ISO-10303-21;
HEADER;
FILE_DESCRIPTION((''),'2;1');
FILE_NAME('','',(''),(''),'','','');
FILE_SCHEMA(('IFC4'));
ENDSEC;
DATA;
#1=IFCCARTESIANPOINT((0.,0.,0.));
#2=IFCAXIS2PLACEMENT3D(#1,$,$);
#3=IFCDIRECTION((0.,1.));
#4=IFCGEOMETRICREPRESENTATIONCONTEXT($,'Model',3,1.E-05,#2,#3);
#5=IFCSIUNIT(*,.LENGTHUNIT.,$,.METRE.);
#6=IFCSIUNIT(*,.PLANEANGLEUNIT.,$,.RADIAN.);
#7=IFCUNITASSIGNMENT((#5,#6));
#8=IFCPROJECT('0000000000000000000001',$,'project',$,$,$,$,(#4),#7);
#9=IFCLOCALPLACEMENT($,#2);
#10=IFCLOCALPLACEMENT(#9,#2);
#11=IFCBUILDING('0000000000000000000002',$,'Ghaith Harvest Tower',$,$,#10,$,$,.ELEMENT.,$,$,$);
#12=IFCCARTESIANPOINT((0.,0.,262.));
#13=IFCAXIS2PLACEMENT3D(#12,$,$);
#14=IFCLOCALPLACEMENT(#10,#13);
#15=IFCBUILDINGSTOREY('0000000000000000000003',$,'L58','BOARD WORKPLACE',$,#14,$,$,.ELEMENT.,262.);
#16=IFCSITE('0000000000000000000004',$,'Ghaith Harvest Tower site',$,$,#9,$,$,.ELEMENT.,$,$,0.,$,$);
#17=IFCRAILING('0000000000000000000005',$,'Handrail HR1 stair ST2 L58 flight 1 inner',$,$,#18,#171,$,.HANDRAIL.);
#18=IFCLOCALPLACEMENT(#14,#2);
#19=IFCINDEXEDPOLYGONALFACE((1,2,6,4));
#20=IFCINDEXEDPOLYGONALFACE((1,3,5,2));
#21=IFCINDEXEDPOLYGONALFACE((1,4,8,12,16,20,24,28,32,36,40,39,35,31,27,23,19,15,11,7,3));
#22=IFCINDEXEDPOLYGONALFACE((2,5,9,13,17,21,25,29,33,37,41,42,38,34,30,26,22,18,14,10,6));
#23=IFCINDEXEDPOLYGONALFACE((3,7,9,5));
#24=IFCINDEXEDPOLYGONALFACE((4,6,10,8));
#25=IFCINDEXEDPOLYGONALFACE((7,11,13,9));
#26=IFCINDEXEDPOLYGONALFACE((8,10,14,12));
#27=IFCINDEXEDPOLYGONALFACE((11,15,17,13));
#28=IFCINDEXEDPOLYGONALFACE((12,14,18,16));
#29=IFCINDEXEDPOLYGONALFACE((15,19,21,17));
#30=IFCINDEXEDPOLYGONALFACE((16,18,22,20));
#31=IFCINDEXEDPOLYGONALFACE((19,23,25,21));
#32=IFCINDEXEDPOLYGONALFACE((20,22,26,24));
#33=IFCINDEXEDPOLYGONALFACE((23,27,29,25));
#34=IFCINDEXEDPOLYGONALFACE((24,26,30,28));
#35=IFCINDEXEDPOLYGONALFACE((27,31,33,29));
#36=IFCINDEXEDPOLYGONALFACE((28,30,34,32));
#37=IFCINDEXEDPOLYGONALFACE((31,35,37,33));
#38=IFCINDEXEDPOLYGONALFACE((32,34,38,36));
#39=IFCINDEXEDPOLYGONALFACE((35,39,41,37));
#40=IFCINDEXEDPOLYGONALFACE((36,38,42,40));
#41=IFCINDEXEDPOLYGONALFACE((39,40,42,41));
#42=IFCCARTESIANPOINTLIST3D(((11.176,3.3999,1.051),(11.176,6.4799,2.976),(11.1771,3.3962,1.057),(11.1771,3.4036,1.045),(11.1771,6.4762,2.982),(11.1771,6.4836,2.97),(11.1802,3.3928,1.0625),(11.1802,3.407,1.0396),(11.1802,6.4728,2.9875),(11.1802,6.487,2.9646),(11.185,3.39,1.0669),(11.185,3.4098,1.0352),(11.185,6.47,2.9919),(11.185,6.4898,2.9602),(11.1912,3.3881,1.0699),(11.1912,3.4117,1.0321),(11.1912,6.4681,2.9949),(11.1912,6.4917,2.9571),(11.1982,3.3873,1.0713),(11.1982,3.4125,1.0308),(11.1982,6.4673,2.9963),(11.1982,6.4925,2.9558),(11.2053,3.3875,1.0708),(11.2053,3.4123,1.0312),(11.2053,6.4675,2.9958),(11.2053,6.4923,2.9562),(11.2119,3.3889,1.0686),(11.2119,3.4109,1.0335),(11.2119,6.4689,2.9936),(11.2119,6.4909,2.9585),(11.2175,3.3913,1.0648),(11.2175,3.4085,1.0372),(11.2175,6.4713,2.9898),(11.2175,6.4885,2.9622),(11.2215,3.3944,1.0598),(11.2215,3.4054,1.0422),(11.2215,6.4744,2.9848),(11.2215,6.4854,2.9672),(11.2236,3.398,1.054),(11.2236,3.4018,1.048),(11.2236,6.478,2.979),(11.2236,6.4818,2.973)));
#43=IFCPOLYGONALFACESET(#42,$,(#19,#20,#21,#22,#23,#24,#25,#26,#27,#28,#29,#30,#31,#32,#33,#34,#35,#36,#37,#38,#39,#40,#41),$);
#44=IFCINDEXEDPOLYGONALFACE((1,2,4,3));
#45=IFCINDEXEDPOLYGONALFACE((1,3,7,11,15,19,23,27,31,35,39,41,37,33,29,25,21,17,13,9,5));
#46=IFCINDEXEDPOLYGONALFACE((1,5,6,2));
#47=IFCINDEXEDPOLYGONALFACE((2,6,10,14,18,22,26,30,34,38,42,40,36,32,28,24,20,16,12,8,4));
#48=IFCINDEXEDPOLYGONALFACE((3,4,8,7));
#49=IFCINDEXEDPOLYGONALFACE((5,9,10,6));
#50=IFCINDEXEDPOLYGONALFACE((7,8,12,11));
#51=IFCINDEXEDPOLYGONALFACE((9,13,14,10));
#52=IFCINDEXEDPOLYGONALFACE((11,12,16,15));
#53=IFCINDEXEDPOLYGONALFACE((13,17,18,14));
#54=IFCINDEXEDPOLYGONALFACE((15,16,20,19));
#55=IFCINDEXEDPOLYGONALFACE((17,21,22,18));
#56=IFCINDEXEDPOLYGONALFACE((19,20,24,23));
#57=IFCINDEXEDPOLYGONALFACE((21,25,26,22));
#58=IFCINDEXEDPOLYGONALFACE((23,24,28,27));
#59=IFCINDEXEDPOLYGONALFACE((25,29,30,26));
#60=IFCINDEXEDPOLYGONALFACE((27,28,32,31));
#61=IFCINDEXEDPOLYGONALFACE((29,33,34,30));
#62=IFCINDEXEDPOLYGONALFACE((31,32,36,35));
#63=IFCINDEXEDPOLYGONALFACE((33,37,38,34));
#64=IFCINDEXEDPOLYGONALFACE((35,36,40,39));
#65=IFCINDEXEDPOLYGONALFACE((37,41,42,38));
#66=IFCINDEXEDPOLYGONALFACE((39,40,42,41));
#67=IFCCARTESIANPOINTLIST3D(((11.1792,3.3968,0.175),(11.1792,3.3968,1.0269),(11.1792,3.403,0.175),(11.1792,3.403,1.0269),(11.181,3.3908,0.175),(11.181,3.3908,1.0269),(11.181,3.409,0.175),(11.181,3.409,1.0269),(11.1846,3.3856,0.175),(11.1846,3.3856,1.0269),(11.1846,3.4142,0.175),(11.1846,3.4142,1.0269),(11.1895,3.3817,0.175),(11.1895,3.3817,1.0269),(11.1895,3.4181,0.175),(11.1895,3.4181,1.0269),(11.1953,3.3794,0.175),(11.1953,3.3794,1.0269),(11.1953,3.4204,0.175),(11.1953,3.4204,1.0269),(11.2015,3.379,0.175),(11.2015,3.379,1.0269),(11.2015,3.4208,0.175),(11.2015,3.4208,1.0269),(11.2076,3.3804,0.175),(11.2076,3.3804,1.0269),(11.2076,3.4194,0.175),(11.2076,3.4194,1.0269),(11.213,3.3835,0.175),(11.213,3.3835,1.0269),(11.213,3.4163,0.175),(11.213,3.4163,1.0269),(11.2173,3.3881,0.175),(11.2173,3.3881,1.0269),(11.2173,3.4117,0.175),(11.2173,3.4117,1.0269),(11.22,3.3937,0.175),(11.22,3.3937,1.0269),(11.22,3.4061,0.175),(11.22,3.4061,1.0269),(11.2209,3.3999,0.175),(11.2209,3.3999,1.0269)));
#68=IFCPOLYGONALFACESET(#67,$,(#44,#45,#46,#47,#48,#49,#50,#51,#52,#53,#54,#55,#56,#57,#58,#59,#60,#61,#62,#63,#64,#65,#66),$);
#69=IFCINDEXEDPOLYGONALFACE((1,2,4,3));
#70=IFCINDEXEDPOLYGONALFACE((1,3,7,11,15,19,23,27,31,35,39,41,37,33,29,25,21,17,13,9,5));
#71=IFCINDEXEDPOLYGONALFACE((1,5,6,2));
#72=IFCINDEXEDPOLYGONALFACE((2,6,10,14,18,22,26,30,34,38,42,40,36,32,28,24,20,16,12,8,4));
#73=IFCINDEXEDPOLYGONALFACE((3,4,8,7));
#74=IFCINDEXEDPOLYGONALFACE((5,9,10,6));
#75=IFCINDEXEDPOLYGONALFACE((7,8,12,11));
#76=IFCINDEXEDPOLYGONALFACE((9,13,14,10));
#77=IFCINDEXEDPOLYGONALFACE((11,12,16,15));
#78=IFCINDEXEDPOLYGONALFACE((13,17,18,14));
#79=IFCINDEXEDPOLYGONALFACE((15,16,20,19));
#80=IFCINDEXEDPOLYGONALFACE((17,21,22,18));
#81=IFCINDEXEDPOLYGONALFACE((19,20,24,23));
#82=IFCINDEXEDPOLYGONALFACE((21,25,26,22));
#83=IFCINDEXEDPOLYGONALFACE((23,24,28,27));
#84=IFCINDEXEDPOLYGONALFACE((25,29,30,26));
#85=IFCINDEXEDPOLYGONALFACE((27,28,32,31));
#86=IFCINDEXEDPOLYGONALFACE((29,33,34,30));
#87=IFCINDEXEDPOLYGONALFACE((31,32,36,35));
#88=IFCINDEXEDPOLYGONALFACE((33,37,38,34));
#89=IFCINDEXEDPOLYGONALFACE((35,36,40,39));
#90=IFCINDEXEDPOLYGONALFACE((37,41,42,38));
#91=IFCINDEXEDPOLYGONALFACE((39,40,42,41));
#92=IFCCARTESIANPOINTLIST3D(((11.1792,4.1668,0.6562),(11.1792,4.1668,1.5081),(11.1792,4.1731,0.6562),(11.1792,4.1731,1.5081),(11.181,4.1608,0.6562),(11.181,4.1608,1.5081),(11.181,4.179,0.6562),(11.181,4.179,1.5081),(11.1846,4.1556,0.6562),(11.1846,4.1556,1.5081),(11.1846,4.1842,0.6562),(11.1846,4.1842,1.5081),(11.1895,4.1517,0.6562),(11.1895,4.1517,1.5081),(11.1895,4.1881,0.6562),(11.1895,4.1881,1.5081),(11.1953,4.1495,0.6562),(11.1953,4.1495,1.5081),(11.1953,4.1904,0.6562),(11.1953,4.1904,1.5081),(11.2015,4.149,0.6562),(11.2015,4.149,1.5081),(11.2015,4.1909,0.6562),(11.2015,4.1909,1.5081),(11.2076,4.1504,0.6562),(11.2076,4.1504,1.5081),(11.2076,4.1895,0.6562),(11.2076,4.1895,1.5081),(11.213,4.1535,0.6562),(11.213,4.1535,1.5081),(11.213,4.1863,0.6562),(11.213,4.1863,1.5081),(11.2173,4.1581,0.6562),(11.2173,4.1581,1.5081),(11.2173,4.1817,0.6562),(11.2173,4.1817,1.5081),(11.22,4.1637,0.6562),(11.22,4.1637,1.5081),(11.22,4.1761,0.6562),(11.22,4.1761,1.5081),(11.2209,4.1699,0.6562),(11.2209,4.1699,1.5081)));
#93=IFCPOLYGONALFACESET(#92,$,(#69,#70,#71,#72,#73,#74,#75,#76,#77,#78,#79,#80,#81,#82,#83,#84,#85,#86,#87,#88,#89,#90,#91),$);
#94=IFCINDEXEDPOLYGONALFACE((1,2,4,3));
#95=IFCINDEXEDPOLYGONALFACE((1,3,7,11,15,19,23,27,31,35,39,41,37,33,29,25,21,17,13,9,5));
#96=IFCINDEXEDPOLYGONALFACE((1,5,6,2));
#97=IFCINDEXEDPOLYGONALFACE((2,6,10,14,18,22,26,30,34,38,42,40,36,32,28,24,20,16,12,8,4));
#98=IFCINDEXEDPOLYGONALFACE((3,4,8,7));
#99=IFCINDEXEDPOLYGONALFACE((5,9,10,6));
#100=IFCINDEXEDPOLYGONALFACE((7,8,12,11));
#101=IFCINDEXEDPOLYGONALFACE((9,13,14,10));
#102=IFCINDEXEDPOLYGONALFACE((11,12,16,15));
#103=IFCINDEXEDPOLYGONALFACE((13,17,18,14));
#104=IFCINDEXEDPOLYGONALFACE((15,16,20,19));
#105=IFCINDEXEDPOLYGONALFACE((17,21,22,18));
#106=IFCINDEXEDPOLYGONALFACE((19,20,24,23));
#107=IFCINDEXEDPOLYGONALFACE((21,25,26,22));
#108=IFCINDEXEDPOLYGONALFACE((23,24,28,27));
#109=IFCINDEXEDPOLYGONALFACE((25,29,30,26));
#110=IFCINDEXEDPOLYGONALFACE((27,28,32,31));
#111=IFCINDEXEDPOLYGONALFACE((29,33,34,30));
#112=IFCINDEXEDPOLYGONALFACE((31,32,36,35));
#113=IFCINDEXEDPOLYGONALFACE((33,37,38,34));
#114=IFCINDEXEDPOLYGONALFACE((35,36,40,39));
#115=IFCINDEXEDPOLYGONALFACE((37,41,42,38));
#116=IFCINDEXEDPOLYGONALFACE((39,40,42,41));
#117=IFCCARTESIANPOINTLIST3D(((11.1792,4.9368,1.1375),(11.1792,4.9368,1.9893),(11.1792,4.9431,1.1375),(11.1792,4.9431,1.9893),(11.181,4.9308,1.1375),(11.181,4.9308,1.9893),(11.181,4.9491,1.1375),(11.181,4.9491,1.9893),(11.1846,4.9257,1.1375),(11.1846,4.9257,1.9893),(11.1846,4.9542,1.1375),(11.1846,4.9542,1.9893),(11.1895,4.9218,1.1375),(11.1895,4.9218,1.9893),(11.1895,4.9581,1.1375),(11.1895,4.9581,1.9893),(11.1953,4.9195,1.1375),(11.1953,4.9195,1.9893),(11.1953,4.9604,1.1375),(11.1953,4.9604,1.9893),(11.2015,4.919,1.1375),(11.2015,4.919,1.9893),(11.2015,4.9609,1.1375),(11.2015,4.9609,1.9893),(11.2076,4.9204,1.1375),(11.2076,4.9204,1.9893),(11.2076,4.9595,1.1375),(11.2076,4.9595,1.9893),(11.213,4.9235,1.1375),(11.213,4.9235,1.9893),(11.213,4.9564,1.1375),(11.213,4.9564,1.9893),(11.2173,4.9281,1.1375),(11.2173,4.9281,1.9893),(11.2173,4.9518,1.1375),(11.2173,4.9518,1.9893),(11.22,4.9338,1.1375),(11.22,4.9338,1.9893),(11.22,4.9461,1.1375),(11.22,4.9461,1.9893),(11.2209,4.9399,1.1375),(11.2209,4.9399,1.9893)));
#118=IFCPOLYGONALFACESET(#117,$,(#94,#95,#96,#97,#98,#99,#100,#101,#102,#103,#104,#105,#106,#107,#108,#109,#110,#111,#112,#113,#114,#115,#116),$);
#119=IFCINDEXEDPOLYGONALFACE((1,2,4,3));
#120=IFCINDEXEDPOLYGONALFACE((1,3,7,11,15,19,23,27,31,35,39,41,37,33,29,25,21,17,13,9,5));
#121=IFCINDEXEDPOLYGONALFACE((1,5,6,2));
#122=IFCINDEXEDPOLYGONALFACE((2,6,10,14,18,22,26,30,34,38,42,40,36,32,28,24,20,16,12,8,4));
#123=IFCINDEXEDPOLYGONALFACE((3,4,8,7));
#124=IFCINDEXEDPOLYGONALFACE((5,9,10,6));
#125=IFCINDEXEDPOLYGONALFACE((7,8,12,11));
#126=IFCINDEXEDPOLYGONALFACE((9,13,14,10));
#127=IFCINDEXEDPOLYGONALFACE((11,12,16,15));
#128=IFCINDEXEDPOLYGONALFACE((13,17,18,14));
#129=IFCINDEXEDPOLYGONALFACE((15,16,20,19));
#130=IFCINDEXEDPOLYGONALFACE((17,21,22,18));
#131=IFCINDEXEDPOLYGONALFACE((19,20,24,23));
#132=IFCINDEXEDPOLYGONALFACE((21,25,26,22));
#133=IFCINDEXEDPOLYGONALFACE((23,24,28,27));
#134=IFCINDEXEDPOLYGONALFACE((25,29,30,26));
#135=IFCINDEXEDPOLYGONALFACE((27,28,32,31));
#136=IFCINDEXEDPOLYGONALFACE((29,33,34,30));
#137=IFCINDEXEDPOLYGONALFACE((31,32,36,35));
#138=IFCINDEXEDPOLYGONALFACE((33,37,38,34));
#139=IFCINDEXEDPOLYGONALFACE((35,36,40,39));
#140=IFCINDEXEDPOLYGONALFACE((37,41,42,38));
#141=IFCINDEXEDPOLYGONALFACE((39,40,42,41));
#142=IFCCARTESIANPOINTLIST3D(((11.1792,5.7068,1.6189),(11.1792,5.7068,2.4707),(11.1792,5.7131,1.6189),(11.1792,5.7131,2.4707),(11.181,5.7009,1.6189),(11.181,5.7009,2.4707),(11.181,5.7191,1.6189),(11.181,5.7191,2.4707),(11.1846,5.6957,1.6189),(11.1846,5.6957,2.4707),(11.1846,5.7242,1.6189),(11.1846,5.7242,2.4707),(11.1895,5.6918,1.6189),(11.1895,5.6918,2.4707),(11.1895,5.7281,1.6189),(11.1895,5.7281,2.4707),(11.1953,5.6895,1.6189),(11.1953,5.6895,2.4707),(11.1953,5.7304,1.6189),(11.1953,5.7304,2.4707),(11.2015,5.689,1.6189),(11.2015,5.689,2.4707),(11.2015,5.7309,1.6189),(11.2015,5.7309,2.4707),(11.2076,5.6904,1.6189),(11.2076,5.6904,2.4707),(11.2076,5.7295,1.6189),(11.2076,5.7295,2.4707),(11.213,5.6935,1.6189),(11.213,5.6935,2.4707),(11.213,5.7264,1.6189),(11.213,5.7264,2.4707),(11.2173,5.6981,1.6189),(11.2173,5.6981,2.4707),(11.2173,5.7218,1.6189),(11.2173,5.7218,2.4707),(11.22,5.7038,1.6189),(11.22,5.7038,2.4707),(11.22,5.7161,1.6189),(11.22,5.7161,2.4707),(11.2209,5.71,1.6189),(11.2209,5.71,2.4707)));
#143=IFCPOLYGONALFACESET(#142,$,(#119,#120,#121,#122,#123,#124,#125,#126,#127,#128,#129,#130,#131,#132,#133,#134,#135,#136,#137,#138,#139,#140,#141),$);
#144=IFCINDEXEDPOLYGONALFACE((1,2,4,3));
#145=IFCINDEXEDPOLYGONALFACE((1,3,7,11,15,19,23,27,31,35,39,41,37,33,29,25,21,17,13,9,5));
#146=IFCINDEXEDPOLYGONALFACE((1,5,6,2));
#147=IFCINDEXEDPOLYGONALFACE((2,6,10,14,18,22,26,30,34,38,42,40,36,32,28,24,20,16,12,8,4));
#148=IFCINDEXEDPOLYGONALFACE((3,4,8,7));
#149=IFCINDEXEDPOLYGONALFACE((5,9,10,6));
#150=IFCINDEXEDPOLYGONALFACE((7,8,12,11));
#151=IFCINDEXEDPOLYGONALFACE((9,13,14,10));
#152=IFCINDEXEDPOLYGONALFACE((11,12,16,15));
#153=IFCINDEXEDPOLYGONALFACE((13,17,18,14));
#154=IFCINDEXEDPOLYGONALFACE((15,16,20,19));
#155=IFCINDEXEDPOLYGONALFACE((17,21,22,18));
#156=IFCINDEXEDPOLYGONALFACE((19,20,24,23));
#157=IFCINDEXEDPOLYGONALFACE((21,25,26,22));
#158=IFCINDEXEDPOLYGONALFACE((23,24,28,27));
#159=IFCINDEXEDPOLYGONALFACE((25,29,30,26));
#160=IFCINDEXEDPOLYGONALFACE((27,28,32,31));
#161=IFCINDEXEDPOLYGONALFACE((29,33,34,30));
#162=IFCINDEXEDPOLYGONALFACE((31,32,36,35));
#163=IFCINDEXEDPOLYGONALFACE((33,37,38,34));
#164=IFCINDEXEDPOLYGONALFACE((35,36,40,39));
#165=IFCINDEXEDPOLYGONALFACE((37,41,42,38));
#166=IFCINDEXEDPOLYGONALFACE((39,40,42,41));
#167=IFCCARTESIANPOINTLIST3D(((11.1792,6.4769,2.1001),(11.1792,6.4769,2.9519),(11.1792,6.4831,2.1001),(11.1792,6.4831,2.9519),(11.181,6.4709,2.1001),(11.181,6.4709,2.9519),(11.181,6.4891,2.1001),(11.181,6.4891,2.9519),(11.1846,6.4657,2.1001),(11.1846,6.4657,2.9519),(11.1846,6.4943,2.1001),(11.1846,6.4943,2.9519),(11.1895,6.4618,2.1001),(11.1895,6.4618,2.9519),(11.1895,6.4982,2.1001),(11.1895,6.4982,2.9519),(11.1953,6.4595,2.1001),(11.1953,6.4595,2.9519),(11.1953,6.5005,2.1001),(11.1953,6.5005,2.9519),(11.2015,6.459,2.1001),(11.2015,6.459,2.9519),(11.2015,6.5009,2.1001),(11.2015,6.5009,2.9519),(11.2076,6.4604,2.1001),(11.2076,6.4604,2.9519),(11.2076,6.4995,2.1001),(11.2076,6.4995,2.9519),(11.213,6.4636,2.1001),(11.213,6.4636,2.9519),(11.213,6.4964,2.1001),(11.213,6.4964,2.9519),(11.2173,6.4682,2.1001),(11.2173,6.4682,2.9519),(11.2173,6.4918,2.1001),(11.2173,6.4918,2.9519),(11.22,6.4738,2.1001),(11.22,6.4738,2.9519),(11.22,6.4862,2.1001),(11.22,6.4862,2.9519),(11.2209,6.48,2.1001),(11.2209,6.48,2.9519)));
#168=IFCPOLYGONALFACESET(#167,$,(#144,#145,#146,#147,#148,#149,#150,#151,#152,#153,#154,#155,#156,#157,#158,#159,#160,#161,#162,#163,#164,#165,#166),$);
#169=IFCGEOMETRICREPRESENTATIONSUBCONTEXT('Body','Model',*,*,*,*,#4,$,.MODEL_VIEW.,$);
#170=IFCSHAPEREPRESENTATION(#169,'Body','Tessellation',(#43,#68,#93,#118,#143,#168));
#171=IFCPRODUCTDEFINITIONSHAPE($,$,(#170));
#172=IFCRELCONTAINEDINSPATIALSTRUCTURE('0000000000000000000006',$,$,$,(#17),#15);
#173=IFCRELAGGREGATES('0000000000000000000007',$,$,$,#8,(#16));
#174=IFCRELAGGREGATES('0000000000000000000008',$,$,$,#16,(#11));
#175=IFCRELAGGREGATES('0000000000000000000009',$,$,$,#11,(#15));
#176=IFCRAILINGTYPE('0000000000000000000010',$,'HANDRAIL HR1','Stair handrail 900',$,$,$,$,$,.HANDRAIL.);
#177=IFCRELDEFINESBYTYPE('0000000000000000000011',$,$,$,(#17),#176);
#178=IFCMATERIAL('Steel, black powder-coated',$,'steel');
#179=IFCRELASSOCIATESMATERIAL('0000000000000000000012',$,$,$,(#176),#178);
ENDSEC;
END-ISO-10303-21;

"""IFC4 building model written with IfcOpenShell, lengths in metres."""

from ifc_helpers import new_model, si_unit, direction, frame, origin, origin_2d, place, context, subcontext, project, spatial, circle, extrude, material, type_object, element, save


model = new_model("IFC4")

# Units and contexts
model_context = context("Model", 3, precision=1e-05, world=origin(), true_north=direction((0.0, 1.0)))
body_context = subcontext(model_context, "Body", "Model", "MODEL_VIEW")
ifc_project = project(units=[si_unit("LENGTHUNIT", "METRE"), si_unit("PLANEANGLEUNIT", "RADIAN")], contexts=[model_context])

# Site, building, storey
site_placement = place(None, origin())
site = spatial("IfcSite", under=ifc_project, at=site_placement, Name="Ghaith Harvest Tower site", CompositionType="ELEMENT", RefElevation=0.0)
building_placement = place(site_placement, origin())
building = spatial("IfcBuilding", under=site, at=building_placement, Name="Ghaith Harvest Tower", CompositionType="ELEMENT")
storey_placement = place(building_placement, frame((0.0, 0.0, 262.0)))
storey = spatial("IfcBuildingStorey", under=building, at=storey_placement, Name="L58", Description="BOARD WORKPLACE", CompositionType="ELEMENT", Elevation=262.0)

# Railing
ifc_material_1 = material(Name="Steel, black powder-coated", Category="steel")
railing_type = type_object("IfcRailingType", Name="HANDRAIL HR1", Description="Stair handrail 900", PredefinedType="HANDRAIL", material=ifc_material_1)
railing_1_placement = place(storey_placement, frame((11.2, 3.3999, 0.175)))
element("IfcRailing", 1, at=railing_1_placement, inside=storey, type_object=railing_type, Name="Handrail HR1 stair ST2 L58 flight 1 inner", PredefinedType="HANDRAIL", context=body_context, shape_type="SweptSolid", body=[
    extrude(circle(Radius=0.0239, at=origin_2d()), frame((0.0, 0.0, 0.876), z_axis=(0.0, 0.847998, 0.529999), x_axis=(-1.0, 0.0, 0.0)), (0.0, 0.0, 1.0), 3.6321),
    extrude(circle(Radius=0.021, at=origin_2d()), origin(), (0.0, 0.0, 1.0), 0.8518),
    extrude(circle(Radius=0.021, at=origin_2d()), frame((0.0, 0.77, 0.4812)), (0.0, 0.0, 1.0), 0.8518),
    extrude(circle(Radius=0.021, at=origin_2d()), frame((0.0, 1.54, 0.9624)), (0.0, 0.0, 1.0), 0.8518),
    extrude(circle(Radius=0.021, at=origin_2d()), frame((0.0, 2.3101, 1.4438)), (0.0, 0.0, 1.0), 0.8518),
    extrude(circle(Radius=0.021, at=origin_2d()), frame((0.0, 3.0801, 1.925)), (0.0, 0.0, 1.0), 0.8518),
])

save(model, "model.ifc")
